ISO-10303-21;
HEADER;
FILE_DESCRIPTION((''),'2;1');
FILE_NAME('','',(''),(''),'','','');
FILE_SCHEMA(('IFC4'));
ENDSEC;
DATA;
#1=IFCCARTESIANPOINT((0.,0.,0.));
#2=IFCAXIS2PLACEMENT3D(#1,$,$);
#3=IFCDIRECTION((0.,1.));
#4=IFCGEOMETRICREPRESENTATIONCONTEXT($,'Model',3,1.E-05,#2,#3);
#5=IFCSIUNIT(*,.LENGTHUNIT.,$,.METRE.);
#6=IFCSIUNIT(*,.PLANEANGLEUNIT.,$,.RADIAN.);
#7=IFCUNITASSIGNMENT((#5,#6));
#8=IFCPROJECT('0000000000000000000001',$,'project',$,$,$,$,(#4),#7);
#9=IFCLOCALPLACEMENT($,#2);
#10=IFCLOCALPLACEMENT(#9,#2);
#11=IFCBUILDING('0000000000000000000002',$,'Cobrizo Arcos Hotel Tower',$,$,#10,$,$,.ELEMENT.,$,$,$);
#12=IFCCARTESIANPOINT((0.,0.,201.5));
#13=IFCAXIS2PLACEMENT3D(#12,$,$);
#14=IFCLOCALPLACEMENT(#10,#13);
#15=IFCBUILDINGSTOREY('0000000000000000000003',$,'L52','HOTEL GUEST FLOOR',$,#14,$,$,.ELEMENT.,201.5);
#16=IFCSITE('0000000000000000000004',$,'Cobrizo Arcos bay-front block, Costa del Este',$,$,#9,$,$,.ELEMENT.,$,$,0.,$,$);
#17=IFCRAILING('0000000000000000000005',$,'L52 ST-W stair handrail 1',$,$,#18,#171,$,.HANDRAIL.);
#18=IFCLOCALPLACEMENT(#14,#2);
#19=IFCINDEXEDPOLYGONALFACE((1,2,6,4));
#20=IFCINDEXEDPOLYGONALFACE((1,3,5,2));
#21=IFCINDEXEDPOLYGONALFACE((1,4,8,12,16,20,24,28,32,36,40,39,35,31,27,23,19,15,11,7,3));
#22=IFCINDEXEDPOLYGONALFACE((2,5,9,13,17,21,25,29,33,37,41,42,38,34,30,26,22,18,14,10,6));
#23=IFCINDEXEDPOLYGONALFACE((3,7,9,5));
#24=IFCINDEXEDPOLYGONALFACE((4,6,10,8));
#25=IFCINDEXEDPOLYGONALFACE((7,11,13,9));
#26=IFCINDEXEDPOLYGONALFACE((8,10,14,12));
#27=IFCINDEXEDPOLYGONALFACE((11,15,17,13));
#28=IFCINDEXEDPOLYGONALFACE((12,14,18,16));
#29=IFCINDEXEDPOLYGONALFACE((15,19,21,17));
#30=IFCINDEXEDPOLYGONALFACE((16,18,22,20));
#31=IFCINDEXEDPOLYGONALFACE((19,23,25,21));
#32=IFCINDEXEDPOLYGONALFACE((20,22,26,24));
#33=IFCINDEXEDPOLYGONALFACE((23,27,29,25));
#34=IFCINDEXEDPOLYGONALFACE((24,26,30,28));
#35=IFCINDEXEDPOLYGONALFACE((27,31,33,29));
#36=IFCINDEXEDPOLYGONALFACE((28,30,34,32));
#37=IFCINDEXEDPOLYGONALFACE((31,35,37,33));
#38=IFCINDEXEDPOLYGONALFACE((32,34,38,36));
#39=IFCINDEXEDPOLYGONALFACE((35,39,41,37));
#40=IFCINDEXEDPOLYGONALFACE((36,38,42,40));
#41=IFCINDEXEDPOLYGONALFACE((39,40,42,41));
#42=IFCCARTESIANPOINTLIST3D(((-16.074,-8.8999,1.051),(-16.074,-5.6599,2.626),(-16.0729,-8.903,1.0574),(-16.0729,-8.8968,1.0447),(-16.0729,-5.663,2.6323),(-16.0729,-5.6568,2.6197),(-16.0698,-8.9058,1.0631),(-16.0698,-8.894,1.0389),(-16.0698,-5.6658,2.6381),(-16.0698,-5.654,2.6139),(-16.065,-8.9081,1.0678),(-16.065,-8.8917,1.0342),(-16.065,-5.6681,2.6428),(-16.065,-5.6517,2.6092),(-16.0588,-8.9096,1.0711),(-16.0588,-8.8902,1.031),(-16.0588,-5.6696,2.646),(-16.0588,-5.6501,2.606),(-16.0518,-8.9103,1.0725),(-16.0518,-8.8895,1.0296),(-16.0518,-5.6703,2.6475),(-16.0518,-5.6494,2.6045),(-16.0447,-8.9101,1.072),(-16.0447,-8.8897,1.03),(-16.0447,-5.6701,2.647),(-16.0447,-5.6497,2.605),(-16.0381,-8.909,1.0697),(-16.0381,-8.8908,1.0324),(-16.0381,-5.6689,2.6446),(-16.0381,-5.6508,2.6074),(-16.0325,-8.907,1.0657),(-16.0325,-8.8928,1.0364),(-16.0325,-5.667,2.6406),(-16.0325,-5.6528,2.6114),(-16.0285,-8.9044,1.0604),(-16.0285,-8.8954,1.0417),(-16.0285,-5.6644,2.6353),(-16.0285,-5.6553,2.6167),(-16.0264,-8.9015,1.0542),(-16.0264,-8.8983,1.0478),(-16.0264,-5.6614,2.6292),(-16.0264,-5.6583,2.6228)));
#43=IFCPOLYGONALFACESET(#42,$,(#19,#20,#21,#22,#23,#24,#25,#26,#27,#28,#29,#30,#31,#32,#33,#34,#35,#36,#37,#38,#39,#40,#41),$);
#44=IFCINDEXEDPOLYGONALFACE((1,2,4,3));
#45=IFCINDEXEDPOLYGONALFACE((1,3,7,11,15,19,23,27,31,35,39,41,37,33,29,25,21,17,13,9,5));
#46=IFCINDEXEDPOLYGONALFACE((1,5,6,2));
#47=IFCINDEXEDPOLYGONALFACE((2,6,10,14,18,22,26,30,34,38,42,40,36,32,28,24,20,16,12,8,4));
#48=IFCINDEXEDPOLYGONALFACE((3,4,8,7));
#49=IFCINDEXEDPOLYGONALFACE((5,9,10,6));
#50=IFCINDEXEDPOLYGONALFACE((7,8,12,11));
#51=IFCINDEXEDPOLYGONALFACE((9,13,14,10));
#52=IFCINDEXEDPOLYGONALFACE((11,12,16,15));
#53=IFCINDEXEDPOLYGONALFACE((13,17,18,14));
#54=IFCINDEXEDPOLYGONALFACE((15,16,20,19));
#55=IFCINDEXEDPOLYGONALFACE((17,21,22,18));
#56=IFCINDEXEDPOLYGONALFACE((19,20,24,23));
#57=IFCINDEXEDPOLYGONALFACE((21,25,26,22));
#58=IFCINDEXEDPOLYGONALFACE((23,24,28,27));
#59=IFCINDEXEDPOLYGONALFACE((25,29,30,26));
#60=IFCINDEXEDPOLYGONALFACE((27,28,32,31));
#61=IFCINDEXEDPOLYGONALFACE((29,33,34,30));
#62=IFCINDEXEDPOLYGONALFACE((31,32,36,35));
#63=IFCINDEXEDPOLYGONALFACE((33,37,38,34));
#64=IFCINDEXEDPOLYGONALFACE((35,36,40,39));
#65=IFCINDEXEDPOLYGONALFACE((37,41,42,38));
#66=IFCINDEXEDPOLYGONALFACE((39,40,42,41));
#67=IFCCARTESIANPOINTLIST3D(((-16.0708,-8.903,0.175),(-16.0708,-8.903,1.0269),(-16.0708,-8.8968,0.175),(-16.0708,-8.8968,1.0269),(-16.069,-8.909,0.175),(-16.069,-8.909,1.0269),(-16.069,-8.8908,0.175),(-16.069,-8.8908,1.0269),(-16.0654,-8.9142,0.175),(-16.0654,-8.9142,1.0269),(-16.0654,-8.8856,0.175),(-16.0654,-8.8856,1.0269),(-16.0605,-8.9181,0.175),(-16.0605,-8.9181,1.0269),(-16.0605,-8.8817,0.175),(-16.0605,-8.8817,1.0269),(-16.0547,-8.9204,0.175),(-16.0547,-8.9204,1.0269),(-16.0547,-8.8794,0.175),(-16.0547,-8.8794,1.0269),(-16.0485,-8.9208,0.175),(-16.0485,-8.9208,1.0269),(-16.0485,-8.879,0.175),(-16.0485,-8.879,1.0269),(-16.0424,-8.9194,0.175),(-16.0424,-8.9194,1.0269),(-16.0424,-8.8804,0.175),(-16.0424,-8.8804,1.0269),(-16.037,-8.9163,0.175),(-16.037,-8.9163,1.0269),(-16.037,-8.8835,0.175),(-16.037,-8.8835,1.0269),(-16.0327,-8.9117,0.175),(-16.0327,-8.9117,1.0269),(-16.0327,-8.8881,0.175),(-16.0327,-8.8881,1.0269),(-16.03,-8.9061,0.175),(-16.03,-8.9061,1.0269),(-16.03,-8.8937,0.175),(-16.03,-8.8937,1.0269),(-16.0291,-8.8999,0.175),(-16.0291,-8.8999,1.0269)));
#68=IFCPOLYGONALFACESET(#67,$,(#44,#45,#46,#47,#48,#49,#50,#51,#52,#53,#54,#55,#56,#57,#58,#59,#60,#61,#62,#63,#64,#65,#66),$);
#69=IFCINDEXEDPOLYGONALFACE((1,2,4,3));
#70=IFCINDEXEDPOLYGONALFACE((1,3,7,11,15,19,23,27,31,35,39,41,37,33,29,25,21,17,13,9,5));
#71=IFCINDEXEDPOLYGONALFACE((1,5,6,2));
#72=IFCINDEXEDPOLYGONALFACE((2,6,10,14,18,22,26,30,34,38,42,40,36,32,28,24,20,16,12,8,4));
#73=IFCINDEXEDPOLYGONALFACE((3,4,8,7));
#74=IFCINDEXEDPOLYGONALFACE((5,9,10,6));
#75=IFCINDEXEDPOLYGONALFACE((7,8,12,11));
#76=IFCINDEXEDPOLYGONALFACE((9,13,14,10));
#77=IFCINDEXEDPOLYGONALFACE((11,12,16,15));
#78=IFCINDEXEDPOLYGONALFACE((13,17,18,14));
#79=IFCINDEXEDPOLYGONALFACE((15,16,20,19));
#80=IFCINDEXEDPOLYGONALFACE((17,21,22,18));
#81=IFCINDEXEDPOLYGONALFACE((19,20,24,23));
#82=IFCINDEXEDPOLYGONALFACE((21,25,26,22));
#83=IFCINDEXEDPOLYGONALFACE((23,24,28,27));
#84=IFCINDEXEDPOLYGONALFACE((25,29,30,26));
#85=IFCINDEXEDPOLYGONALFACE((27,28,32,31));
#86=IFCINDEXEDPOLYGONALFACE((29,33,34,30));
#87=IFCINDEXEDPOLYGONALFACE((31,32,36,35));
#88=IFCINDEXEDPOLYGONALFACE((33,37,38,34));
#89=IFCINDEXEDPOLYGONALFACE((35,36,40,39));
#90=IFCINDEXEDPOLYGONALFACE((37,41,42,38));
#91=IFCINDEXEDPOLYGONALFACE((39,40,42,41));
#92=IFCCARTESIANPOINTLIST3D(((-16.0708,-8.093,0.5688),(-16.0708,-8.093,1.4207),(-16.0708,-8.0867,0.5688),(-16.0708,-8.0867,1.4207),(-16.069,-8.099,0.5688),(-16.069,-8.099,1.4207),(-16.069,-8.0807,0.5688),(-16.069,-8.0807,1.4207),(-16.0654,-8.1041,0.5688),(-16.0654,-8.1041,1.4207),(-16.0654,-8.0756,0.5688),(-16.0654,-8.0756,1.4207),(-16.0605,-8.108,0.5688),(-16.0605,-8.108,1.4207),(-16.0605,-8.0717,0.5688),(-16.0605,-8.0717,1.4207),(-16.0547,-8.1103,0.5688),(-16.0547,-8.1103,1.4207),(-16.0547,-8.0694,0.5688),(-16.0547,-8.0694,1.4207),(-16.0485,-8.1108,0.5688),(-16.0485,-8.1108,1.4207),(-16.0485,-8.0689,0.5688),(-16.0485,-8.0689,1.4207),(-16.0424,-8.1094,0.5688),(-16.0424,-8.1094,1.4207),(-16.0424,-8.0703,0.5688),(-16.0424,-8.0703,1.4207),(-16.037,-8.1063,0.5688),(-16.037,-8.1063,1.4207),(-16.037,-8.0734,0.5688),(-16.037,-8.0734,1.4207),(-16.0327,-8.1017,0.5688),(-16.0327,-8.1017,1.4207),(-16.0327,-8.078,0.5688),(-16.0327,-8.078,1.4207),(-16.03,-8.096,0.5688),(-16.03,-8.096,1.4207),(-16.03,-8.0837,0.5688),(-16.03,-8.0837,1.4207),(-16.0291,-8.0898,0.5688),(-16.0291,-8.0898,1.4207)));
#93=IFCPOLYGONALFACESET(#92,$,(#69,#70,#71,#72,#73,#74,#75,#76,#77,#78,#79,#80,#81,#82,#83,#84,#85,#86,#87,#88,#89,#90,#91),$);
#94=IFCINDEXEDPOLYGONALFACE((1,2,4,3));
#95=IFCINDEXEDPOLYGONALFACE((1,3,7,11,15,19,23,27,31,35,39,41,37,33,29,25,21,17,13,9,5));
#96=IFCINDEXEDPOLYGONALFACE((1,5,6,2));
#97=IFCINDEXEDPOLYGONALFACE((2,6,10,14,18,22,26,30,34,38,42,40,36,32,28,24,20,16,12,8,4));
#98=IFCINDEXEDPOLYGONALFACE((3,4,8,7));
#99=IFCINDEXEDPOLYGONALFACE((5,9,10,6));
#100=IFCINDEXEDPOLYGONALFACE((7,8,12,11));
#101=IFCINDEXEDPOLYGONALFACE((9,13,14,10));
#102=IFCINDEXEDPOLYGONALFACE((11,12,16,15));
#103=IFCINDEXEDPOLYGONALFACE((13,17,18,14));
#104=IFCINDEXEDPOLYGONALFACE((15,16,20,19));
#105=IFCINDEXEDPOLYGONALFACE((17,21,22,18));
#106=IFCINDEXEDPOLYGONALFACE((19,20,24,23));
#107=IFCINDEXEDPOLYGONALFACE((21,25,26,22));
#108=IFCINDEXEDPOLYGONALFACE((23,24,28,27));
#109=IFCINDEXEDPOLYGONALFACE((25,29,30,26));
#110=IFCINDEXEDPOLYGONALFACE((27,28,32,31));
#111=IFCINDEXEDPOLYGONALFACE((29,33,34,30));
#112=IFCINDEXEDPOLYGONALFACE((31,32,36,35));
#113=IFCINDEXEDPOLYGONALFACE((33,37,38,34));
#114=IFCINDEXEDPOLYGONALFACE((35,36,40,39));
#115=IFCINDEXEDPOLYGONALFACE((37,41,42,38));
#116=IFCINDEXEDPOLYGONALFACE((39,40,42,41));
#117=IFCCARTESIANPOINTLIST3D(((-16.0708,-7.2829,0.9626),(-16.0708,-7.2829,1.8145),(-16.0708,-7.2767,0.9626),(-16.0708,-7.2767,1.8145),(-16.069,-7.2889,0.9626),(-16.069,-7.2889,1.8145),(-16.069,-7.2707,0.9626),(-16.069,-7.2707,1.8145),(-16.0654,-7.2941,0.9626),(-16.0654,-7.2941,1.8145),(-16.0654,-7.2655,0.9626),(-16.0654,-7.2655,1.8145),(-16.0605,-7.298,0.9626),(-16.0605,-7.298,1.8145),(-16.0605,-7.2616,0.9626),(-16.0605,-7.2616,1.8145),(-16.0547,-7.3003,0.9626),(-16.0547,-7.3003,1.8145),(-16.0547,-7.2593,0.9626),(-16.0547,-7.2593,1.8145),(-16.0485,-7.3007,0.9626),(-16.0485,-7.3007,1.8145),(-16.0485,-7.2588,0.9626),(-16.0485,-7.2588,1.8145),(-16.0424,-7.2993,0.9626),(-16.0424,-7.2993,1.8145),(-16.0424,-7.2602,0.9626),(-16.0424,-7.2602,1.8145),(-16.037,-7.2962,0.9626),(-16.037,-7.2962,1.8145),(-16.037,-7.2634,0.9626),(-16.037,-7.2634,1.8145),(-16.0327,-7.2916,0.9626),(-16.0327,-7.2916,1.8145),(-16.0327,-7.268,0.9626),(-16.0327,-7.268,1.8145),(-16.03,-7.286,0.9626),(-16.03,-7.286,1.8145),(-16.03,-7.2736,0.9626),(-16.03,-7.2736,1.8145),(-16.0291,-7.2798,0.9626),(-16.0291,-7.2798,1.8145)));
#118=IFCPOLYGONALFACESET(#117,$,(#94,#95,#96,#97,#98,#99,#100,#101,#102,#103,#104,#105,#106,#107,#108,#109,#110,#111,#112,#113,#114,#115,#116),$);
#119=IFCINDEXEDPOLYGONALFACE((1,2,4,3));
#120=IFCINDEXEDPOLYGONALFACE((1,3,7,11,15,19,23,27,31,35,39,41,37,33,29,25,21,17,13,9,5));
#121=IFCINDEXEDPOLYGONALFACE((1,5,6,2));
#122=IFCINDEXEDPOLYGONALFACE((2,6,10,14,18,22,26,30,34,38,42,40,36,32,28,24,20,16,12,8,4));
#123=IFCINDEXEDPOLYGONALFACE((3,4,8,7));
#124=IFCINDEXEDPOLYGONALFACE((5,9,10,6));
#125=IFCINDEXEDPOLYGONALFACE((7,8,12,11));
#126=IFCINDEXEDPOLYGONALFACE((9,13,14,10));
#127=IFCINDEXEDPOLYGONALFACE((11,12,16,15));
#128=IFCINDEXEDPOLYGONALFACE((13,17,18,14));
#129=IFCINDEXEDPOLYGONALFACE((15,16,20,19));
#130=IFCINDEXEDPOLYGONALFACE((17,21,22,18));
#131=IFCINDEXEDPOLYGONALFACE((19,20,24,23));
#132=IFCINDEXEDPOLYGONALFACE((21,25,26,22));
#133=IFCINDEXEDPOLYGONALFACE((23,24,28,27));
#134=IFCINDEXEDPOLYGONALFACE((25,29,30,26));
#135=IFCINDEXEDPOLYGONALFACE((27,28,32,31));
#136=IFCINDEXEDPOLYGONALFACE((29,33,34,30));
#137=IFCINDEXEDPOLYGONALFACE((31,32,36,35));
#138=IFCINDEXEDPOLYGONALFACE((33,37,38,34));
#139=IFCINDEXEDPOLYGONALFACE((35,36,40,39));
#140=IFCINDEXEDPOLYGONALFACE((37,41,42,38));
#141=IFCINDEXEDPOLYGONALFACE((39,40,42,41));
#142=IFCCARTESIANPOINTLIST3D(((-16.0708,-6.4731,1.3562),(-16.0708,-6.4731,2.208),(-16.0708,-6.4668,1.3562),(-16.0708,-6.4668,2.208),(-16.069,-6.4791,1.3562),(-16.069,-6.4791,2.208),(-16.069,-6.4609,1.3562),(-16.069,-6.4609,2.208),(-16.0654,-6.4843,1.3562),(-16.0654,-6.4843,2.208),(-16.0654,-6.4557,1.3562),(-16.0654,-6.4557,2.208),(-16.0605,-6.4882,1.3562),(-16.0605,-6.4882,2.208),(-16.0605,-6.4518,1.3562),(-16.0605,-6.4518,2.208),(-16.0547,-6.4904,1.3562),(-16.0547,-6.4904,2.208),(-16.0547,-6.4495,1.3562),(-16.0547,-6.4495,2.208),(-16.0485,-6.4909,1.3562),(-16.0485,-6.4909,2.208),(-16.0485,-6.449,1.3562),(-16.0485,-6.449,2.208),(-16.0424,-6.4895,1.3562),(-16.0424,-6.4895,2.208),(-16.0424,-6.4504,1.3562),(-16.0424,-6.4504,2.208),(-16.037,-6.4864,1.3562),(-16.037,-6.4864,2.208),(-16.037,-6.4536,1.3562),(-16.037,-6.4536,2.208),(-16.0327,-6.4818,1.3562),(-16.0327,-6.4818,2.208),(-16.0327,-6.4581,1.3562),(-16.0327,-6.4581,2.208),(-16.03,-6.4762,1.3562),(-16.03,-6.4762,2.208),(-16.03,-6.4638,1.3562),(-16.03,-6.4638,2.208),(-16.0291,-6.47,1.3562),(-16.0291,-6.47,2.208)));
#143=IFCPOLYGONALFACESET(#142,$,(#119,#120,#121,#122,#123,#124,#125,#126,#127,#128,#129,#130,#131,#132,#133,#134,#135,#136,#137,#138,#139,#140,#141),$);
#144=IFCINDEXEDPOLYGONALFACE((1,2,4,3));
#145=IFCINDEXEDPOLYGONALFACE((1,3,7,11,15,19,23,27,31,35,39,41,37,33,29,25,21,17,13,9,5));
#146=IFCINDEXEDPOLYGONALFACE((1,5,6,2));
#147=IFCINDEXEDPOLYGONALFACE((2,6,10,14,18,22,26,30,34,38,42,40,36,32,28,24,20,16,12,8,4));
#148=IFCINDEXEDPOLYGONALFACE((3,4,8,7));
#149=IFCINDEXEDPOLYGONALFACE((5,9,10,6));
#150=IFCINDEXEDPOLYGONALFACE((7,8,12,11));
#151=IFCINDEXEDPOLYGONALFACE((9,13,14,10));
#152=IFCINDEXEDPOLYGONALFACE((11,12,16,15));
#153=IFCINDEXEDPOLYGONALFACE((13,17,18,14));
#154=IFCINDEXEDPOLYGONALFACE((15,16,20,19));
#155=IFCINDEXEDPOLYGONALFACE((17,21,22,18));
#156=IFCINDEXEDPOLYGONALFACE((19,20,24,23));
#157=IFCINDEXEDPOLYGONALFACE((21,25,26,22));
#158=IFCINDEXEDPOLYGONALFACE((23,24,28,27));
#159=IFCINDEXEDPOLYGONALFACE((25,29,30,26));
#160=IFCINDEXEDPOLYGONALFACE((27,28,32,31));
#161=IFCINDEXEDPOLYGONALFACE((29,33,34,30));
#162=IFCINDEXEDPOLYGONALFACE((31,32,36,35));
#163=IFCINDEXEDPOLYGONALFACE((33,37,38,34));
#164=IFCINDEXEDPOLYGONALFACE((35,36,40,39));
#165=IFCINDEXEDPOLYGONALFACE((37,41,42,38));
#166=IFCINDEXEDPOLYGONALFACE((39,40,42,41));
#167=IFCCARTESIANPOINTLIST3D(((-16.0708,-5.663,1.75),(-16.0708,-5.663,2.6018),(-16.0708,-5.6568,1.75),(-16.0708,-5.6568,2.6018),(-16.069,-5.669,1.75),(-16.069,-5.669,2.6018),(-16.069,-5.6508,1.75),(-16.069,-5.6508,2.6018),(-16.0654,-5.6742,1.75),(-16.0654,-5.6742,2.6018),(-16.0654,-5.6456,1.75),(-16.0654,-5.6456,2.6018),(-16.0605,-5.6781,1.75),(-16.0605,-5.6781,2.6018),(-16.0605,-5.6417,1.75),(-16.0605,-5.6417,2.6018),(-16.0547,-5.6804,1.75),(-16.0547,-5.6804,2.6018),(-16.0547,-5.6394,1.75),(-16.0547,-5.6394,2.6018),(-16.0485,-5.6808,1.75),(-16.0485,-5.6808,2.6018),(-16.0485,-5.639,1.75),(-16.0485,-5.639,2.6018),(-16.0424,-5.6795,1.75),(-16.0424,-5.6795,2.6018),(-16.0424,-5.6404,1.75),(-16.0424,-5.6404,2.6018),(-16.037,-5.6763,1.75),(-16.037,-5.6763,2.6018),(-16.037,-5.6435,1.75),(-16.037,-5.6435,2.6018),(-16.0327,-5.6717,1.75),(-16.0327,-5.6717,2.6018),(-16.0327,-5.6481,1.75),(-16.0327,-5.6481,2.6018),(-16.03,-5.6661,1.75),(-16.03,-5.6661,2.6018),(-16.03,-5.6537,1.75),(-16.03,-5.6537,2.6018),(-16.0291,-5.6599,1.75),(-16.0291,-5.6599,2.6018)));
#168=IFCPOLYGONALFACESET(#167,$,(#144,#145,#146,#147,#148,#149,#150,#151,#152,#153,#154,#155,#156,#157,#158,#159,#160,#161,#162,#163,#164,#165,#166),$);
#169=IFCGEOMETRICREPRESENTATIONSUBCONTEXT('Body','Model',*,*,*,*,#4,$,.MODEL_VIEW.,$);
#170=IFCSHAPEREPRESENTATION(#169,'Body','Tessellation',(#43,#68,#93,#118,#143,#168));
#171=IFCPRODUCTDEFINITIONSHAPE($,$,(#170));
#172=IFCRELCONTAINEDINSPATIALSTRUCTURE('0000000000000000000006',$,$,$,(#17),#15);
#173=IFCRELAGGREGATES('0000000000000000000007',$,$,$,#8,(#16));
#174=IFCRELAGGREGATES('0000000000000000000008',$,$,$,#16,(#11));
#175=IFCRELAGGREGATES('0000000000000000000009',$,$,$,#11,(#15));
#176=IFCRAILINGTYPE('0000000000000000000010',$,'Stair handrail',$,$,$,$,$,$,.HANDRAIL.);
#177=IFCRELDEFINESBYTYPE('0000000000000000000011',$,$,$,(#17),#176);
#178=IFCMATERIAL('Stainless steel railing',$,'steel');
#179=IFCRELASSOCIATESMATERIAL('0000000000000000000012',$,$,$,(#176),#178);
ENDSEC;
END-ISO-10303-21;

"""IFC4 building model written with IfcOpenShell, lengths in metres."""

from ifc_helpers import new_model, si_unit, direction, frame, origin, origin_2d, place, context, subcontext, project, spatial, circle, extrude, material, type_object, element, save


model = new_model("IFC4")

# Units and contexts
model_context = context("Model", 3, precision=1e-05, world=origin(), true_north=direction((0.0, 1.0)))
body_context = subcontext(model_context, "Body", "Model", "MODEL_VIEW")
ifc_project = project(units=[si_unit("LENGTHUNIT", "METRE"), si_unit("PLANEANGLEUNIT", "RADIAN")], contexts=[model_context])

# Site, building, storey
site_placement = place(None, origin())
site = spatial("IfcSite", under=ifc_project, at=site_placement, Name="Cobrizo Arcos bay-front block, Costa del Este", CompositionType="ELEMENT", RefElevation=0.0)
building_placement = place(site_placement, origin())
building = spatial("IfcBuilding", under=site, at=building_placement, Name="Cobrizo Arcos Hotel Tower", CompositionType="ELEMENT")
storey_placement = place(building_placement, frame((0.0, 0.0, 201.5)))
storey = spatial("IfcBuildingStorey", under=building, at=storey_placement, Name="L52", Description="HOTEL GUEST FLOOR", CompositionType="ELEMENT", Elevation=201.5)

# Railing
ifc_material_1 = material(Name="Stainless steel railing", Category="steel")
railing_type_1 = type_object("IfcRailingType", Name="Stair handrail", PredefinedType="HANDRAIL", material=ifc_material_1)
railing_1_placement = place(storey_placement, frame((-16.05, -8.8999, 0.175)))
element("IfcRailing", 1, at=railing_1_placement, inside=storey, type_object=railing_type_1, Name="L52 ST-W stair handrail 1", PredefinedType="HANDRAIL", context=body_context, shape_type="SweptSolid", body=[
    extrude(circle(Radius=0.0239, at=origin_2d()), frame((0.0, 0.0, 0.876), z_axis=(0.0, 0.899373, 0.437183), x_axis=(-1.0, 0.0, 0.0)), (0.0, 0.0, 1.0), 3.6025),
    extrude(circle(Radius=0.021, at=origin_2d()), origin(), (0.0, 0.0, 1.0), 0.8518),
    extrude(circle(Radius=0.021, at=origin_2d()), frame((0.0, 0.8101, 0.3938)), (0.0, 0.0, 1.0), 0.8518),
    extrude(circle(Radius=0.021, at=origin_2d()), frame((0.0, 1.6201, 0.7876)), (0.0, 0.0, 1.0), 0.8518),
    extrude(circle(Radius=0.021, at=origin_2d()), frame((0.0, 2.4299, 1.1812)), (0.0, 0.0, 1.0), 0.8518),
    extrude(circle(Radius=0.021, at=origin_2d()), frame((0.0, 3.24, 1.575)), (0.0, 0.0, 1.0), 0.8518),
])

save(model, "model.ifc")
